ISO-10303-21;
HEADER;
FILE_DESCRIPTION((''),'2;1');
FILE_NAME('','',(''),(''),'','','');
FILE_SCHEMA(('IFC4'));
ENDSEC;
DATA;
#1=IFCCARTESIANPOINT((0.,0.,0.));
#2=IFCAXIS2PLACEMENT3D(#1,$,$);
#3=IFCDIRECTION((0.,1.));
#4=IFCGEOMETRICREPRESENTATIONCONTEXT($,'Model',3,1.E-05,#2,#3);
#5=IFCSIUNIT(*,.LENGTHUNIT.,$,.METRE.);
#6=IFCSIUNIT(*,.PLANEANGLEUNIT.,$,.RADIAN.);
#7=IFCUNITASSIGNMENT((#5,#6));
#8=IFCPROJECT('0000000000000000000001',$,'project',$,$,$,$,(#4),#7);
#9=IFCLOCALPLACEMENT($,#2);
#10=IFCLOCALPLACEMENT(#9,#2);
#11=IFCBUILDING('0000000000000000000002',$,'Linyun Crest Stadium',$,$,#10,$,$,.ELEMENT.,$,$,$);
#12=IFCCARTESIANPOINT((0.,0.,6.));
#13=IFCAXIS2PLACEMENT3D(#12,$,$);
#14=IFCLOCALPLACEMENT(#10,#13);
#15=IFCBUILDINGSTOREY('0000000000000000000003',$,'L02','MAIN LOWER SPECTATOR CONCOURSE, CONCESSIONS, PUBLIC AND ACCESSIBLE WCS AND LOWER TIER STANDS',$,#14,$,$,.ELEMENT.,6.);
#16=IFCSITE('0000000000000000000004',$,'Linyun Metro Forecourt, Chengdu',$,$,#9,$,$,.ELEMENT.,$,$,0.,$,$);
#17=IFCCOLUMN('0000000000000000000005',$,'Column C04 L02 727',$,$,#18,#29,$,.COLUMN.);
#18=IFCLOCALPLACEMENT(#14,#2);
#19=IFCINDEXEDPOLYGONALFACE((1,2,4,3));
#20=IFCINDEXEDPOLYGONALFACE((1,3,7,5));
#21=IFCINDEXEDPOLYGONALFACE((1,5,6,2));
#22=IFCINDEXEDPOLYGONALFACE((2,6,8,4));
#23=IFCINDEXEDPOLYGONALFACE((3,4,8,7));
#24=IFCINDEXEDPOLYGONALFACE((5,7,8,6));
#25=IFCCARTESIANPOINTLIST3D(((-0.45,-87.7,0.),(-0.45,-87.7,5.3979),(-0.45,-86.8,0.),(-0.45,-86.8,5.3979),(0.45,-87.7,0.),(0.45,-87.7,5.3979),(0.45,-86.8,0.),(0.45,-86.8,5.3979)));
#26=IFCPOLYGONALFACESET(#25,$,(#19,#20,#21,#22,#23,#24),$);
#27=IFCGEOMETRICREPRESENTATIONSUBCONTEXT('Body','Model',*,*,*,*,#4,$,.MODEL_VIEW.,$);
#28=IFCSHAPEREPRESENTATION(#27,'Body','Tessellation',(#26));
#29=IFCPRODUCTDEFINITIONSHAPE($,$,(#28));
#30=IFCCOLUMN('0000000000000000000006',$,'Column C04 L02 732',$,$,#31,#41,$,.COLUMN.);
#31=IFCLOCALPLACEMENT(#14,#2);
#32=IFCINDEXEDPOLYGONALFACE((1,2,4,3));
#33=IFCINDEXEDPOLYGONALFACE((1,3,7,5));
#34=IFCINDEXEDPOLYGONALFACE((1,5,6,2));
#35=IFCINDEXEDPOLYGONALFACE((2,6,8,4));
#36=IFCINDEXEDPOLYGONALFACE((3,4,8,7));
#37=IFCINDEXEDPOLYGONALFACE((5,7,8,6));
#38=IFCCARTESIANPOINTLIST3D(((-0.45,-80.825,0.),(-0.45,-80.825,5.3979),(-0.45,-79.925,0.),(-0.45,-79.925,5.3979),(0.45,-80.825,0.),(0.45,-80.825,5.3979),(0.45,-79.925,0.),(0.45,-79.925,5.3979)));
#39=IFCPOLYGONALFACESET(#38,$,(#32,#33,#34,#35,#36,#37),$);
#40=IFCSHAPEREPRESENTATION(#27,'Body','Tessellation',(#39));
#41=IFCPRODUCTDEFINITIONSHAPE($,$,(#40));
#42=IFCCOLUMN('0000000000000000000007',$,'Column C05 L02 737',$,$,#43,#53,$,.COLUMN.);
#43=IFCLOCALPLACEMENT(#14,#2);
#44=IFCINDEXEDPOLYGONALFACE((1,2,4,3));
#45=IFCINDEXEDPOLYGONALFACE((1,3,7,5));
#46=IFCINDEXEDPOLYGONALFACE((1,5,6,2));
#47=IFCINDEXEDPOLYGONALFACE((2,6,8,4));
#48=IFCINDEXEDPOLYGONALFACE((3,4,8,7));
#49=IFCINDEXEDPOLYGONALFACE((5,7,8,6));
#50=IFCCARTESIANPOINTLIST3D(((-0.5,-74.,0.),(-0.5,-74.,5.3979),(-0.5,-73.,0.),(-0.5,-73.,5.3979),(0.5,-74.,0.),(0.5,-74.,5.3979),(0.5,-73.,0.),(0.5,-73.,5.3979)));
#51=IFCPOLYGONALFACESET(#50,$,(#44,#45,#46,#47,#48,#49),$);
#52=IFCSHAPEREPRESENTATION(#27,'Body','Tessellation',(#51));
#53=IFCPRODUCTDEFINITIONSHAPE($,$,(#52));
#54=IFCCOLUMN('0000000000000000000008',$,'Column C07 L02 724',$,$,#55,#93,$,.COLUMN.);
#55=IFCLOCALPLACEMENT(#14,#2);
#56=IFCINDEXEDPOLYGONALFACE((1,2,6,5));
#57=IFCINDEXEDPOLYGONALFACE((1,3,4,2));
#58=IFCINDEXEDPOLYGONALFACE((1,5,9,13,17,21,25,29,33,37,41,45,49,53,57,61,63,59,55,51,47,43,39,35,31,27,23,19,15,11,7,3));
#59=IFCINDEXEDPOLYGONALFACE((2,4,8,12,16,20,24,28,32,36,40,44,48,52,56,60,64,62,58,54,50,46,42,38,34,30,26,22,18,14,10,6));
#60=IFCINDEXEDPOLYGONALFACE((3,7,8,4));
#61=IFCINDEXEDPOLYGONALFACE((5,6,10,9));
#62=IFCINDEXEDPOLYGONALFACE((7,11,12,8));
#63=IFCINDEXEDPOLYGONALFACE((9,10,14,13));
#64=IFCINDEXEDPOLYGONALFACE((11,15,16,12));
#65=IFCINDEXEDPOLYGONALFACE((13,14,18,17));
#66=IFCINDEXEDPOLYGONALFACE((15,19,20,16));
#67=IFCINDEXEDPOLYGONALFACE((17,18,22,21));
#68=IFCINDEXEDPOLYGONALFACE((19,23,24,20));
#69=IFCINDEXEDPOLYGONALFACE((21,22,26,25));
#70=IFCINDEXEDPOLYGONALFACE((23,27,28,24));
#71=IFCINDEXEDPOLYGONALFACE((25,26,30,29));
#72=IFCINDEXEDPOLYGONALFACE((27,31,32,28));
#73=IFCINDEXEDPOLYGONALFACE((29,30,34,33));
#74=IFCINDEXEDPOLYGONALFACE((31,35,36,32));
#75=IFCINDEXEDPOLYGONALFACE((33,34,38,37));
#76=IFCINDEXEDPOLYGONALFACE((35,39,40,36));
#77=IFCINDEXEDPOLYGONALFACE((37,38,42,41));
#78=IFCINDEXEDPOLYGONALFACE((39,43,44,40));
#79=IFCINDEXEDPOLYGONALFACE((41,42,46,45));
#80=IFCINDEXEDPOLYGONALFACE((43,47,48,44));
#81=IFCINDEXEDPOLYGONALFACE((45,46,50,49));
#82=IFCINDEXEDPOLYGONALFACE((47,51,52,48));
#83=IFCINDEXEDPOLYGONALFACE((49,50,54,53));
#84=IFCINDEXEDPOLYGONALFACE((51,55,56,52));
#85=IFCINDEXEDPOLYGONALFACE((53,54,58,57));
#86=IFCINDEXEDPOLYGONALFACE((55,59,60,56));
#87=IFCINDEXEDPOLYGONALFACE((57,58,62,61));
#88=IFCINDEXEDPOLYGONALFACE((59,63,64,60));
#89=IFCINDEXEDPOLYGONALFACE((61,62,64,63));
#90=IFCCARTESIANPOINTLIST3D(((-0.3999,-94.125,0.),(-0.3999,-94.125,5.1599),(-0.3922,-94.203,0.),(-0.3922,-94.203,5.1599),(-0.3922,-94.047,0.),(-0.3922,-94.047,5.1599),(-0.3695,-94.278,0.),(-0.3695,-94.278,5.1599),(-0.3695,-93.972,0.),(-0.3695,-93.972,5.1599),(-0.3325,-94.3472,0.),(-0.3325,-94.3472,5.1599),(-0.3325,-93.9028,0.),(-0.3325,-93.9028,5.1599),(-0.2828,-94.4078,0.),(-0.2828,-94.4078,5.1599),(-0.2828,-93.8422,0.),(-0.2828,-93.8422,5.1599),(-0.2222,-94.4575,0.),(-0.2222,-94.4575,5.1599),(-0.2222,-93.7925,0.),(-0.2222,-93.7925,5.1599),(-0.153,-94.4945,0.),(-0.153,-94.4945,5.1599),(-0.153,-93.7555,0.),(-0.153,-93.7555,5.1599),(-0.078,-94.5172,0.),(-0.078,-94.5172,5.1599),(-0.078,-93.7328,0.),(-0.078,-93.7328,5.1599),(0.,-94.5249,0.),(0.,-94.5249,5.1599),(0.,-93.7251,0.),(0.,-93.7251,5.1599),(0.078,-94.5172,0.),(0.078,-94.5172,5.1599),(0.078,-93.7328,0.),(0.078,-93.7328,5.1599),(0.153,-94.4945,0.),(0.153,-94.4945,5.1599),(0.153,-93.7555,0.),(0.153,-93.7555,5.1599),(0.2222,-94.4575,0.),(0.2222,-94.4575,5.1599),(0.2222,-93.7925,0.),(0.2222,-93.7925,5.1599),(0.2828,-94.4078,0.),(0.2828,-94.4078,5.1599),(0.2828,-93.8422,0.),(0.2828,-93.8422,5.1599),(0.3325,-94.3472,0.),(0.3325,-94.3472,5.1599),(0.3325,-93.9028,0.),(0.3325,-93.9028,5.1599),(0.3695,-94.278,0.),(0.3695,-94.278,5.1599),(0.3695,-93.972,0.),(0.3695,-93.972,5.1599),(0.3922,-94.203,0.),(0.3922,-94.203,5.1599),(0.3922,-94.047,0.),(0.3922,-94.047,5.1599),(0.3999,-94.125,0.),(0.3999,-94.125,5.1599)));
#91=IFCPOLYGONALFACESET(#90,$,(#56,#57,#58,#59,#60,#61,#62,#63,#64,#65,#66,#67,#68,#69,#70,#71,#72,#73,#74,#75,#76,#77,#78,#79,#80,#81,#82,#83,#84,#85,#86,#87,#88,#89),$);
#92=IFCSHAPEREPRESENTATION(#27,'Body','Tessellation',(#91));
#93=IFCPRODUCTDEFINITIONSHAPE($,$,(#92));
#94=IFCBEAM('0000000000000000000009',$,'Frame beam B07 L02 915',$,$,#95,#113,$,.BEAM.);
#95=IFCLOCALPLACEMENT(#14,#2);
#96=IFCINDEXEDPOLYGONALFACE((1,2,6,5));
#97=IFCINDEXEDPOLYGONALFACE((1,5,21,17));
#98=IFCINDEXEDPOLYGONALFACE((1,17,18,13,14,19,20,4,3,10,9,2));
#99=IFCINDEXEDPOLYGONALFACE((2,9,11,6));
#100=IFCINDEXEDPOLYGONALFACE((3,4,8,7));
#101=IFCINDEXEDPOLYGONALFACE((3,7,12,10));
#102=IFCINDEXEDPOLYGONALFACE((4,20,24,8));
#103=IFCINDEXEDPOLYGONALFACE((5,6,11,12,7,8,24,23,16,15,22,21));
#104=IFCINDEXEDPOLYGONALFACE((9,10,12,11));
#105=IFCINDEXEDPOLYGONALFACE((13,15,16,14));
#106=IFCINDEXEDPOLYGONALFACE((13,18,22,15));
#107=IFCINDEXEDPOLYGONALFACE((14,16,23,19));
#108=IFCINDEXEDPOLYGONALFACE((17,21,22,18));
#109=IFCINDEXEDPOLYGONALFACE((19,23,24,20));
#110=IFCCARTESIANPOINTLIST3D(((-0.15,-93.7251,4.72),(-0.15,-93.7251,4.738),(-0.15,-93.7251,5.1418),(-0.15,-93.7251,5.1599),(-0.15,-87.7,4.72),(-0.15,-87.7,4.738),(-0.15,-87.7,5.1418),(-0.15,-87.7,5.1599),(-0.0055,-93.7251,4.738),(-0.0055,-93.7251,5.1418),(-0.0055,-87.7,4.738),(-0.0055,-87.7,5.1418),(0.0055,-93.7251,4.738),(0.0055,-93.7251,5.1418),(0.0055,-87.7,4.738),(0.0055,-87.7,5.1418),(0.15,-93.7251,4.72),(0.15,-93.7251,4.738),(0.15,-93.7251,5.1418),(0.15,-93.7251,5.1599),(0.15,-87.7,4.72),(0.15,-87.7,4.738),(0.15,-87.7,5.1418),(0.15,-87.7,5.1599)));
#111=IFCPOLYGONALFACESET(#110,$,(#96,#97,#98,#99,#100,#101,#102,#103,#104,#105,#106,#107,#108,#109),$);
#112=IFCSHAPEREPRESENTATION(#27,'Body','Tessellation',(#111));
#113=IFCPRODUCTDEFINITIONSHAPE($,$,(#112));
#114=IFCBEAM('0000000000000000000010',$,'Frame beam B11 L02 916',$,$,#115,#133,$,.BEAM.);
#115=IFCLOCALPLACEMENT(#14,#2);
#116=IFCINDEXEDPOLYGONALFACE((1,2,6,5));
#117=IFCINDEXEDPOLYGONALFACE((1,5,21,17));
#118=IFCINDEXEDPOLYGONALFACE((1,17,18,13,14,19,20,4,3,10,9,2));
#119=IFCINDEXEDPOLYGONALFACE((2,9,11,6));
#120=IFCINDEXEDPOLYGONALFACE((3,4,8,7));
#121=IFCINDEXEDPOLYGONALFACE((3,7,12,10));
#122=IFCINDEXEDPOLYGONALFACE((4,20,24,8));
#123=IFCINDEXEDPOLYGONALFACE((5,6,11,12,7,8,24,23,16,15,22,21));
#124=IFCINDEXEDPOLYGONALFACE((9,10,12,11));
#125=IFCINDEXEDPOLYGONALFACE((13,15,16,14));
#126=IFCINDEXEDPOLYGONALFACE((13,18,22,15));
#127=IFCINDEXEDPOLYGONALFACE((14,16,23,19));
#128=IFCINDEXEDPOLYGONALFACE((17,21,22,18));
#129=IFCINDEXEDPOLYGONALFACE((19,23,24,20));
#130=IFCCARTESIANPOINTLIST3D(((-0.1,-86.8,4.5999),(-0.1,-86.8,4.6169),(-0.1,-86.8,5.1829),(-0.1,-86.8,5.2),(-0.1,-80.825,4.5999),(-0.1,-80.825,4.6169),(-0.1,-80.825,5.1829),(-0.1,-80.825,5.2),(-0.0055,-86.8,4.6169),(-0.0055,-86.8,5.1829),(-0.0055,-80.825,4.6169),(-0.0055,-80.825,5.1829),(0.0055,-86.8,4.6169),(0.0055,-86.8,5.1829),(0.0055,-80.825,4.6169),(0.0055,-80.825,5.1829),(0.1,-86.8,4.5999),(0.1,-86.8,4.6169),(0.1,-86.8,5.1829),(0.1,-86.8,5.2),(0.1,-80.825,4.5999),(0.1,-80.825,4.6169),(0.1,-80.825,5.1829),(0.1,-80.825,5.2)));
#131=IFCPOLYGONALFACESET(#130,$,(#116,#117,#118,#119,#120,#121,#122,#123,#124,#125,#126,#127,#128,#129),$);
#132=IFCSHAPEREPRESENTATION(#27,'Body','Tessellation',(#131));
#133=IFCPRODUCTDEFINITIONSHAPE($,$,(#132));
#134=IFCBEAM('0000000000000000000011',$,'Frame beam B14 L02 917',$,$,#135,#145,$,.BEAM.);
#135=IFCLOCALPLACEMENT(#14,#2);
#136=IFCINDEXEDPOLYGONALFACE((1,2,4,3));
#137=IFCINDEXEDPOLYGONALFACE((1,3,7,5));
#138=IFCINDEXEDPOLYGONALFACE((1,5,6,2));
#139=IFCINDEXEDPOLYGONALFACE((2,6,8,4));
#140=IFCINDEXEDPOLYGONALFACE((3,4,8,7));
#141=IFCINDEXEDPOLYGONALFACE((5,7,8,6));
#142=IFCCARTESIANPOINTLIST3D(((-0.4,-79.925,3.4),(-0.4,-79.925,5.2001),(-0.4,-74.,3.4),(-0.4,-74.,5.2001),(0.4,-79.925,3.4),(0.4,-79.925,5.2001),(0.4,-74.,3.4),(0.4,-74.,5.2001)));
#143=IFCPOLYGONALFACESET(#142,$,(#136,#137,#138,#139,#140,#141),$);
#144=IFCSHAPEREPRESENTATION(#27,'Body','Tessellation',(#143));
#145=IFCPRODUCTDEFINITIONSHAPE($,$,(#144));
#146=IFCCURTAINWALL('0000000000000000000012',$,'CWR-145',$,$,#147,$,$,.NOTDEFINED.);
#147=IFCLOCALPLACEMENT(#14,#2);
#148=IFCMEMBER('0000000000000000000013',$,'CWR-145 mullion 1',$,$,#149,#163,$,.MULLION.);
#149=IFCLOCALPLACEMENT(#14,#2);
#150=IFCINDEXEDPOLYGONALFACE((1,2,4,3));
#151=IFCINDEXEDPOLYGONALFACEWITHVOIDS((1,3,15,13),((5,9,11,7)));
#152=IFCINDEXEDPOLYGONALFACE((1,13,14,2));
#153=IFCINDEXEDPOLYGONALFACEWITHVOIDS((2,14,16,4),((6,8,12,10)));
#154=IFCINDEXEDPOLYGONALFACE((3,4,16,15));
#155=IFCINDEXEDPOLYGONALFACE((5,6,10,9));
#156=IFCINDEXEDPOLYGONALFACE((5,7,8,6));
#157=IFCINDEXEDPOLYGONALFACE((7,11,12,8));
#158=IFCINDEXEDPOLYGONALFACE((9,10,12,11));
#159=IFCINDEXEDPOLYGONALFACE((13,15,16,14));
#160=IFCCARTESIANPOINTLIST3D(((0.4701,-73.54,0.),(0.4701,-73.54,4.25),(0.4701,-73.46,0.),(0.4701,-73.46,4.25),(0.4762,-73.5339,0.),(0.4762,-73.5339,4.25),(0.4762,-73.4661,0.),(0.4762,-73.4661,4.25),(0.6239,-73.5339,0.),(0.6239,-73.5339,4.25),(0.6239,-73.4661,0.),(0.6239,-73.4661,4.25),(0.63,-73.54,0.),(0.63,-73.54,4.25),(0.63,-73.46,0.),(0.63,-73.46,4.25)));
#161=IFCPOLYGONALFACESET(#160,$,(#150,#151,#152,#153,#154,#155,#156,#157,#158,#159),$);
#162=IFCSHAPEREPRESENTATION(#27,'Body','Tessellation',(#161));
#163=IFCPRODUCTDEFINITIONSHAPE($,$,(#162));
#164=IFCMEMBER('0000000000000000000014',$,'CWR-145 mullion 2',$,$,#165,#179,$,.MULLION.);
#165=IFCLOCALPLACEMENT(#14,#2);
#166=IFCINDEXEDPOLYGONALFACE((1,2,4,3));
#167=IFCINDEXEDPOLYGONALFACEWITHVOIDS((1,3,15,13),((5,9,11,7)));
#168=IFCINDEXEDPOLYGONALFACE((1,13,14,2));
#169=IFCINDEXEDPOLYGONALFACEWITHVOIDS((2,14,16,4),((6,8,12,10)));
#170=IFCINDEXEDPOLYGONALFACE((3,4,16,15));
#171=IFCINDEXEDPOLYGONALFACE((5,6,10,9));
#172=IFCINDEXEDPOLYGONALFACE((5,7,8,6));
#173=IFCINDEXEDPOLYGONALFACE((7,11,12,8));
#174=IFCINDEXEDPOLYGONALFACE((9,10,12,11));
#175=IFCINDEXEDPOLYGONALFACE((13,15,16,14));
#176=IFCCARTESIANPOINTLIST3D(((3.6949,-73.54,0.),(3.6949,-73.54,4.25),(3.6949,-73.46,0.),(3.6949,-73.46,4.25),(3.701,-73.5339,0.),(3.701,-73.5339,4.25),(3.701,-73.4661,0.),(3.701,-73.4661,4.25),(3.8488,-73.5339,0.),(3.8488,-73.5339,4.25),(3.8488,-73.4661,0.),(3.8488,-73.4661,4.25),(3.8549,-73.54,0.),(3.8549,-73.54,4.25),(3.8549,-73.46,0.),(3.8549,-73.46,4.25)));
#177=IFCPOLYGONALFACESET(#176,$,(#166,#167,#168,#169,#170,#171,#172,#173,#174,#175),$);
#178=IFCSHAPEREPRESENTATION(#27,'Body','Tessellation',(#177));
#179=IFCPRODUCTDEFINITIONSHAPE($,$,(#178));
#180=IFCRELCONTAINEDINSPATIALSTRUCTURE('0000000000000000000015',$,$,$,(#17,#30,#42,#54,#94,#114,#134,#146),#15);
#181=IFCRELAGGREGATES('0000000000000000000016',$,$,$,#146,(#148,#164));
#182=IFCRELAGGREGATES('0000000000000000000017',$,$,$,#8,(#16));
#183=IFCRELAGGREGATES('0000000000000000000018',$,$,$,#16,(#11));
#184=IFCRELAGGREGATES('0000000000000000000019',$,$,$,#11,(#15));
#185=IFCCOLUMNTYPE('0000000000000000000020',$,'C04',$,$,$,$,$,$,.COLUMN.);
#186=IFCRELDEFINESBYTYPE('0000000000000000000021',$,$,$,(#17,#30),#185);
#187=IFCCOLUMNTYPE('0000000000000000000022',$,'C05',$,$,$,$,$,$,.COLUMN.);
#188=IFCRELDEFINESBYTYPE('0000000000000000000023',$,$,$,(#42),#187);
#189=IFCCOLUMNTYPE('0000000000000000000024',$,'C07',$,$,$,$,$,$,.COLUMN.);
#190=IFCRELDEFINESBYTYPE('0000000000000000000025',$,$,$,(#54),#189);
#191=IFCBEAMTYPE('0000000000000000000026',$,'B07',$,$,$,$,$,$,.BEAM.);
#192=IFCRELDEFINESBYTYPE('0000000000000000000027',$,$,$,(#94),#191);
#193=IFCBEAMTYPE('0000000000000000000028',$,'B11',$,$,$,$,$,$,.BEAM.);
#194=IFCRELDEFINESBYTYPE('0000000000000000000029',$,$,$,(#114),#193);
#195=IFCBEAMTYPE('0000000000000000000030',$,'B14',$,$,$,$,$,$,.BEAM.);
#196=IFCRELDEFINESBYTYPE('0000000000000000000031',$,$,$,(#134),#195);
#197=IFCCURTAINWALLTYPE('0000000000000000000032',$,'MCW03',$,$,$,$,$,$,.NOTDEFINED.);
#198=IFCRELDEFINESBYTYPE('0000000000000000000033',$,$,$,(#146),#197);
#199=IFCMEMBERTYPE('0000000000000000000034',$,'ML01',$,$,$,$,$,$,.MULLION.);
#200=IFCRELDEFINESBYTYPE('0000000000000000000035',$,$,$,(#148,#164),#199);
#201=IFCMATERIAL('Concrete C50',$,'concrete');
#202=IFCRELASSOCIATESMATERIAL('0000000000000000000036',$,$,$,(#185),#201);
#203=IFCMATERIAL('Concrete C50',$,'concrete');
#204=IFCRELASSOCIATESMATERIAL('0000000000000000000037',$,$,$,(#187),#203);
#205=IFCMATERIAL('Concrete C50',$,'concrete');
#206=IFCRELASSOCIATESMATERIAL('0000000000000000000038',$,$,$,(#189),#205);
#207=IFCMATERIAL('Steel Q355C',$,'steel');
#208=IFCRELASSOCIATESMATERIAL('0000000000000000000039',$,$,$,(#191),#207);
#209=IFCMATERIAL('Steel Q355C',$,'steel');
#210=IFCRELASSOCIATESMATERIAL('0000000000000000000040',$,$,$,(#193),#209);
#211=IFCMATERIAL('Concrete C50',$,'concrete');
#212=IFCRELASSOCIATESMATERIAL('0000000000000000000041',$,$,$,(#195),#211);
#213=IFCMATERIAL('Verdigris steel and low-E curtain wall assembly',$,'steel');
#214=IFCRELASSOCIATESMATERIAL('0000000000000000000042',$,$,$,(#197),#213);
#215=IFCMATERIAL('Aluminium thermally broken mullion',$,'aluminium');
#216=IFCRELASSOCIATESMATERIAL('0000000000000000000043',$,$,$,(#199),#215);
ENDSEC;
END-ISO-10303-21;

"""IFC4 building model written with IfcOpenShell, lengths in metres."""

from ifc_helpers import new_model, si_unit, direction, frame, origin, origin_2d, place, context, subcontext, project, spatial, rectangle, hollow_rectangle, circle, i_section, extrude, material, material_profile, profile_set, type_object, element, aggregate, save


model = new_model("IFC4")

# Units and contexts
model_context = context("Model", 3, precision=1e-05, world=origin(), true_north=direction((0.0, 1.0)))
body_context = subcontext(model_context, "Body", "Model", "MODEL_VIEW")
ifc_project = project(units=[si_unit("LENGTHUNIT", "METRE"), si_unit("PLANEANGLEUNIT", "RADIAN")], contexts=[model_context])

# Site, building, storey
site_placement = place(None, origin())
site = spatial("IfcSite", under=ifc_project, at=site_placement, Name="Linyun Metro Forecourt, Chengdu", CompositionType="ELEMENT", RefElevation=0.0)
building_placement = place(site_placement, origin())
building = spatial("IfcBuilding", under=site, at=building_placement, Name="Linyun Crest Stadium", CompositionType="ELEMENT")
storey_placement = place(building_placement, frame((0.0, 0.0, 6.0)))
storey = spatial("IfcBuildingStorey", under=building, at=storey_placement, Name="L02", Description="MAIN LOWER SPECTATOR CONCOURSE, CONCESSIONS, PUBLIC AND ACCESSIBLE WCS AND LOWER TIER STANDS", CompositionType="ELEMENT", Elevation=6.0)

# Columns
ifc_material_1 = material(Name="Concrete C50", Category="concrete")
ifc_material_profile_1 = material_profile(ifc_material_1, rectangle(XDim=0.8999, YDim=0.8999, at=origin_2d()), Name="RC 900x900")
ifc_profile_set_1 = profile_set([ifc_material_profile_1], Name="Concrete C50")
column_type_1 = type_object("IfcColumnType", Name="C04", PredefinedType="COLUMN", material=ifc_profile_set_1)
for number, where, z_axis, x_axis, name in (
    (1, (0.0, -87.25, 0.0), (0.0, 0.0, 1.0), (1.0, 0.0, 0.0), "Column C04 L02 727"),
    (2, (0.0, -80.375, 0.0), (0.0, 0.0, 1.0), (1.0, 0.0, 0.0), "Column C04 L02 732"),
):
    element("IfcColumn", number, at=place(storey_placement, frame(where, z_axis=z_axis, x_axis=x_axis)), inside=storey, type_object=column_type_1, Name=name, PredefinedType="COLUMN", context=body_context, shape_type="SweptSolid", body=[
        extrude(rectangle(XDim=0.8999, YDim=0.8999, at=origin_2d()), origin(), (0.0, 0.0, 1.0), 5.3979),
    ])
ifc_material_2 = material(Name="Concrete C50", Category="concrete")
ifc_material_profile_2 = material_profile(ifc_material_2, rectangle(XDim=1.0, YDim=1.0, at=origin_2d()), Name="RC 1000x1000")
ifc_profile_set_2 = profile_set([ifc_material_profile_2], Name="Concrete C50")
column_type_2 = type_object("IfcColumnType", Name="C05", PredefinedType="COLUMN", material=ifc_profile_set_2)
column_1_placement = place(storey_placement, frame((0.0, -73.5, 0.0), z_axis=(0.0, 0.0, 1.0), x_axis=(1.0, 0.0, 0.0)))
element("IfcColumn", 3, at=column_1_placement, inside=storey, type_object=column_type_2, Name="Column C05 L02 737", PredefinedType="COLUMN", context=body_context, shape_type="SweptSolid", body=[
    extrude(rectangle(XDim=1.0, YDim=1.0, at=origin_2d()), origin(), (0.0, 0.0, 1.0), 5.3979),
])
ifc_material_3 = material(Name="Concrete C50", Category="concrete")
ifc_material_profile_3 = material_profile(ifc_material_3, circle(Radius=0.3999, at=origin_2d()), Name="RC D800")
ifc_profile_set_3 = profile_set([ifc_material_profile_3], Name="Concrete C50")
column_type_3 = type_object("IfcColumnType", Name="C07", PredefinedType="COLUMN", material=ifc_profile_set_3)
column_2_placement = place(storey_placement, frame((0.0, -94.125, 0.0), z_axis=(0.0, 0.0, 1.0), x_axis=(1.0, 0.0, 0.0)))
element("IfcColumn", 4, at=column_2_placement, inside=storey, type_object=column_type_3, Name="Column C07 L02 724", PredefinedType="COLUMN", context=body_context, shape_type="SweptSolid", body=[
    extrude(circle(Radius=0.3999, at=origin_2d()), origin(), (0.0, 0.0, 1.0), 5.1599),
])

# Beams
ifc_material_4 = material(Name="Steel Q355C", Category="steel")
ifc_material_profile_4 = material_profile(ifc_material_4, i_section(OverallWidth=0.3, OverallDepth=0.4399, WebThickness=0.011, FlangeThickness=0.0181, at=origin_2d()), Name="HM 440x300")
ifc_profile_set_4 = profile_set([ifc_material_profile_4], Name="Steel Q355C")
beam_type_1 = type_object("IfcBeamType", Name="B07", PredefinedType="BEAM", material=ifc_profile_set_4)
beam_1_placement = place(storey_placement, frame((0.0, -93.7251, 4.9399), z_axis=(0.0, 1.0, 0.0), x_axis=(-1.0, 0.0, 0.0)))
element("IfcBeam", 5, at=beam_1_placement, inside=storey, type_object=beam_type_1, Name="Frame beam B07 L02 915", PredefinedType="BEAM", context=body_context, shape_type="SweptSolid", body=[
    extrude(i_section(OverallWidth=0.3, OverallDepth=0.4399, WebThickness=0.011, FlangeThickness=0.0181, at=origin_2d()), origin(), (0.0, 0.0, 1.0), 6.0251),
])
ifc_material_5 = material(Name="Steel Q355C", Category="steel")
ifc_material_profile_5 = material_profile(ifc_material_5, i_section(OverallWidth=0.2, OverallDepth=0.6001, WebThickness=0.011, FlangeThickness=0.0171, at=origin_2d()), Name="HN 600x200")
ifc_profile_set_5 = profile_set([ifc_material_profile_5], Name="Steel Q355C")
beam_type_2 = type_object("IfcBeamType", Name="B11", PredefinedType="BEAM", material=ifc_profile_set_5)
beam_2_placement = place(storey_placement, frame((0.0, -86.8, 4.8999), z_axis=(0.0, 1.0, 0.0), x_axis=(-1.0, 0.0, 0.0)))
element("IfcBeam", 6, at=beam_2_placement, inside=storey, type_object=beam_type_2, Name="Frame beam B11 L02 916", PredefinedType="BEAM", context=body_context, shape_type="SweptSolid", body=[
    extrude(i_section(OverallWidth=0.2, OverallDepth=0.6001, WebThickness=0.011, FlangeThickness=0.0171, at=origin_2d()), origin(), (0.0, 0.0, 1.0), 5.9751),
])
ifc_material_6 = material(Name="Concrete C50", Category="concrete")
ifc_material_profile_6 = material_profile(ifc_material_6, rectangle(XDim=0.8, YDim=1.8, at=origin_2d()), Name="RCB 1800x800")
ifc_profile_set_6 = profile_set([ifc_material_profile_6], Name="Concrete C50")
beam_type_3 = type_object("IfcBeamType", Name="B14", PredefinedType="BEAM", material=ifc_profile_set_6)
beam_3_placement = place(storey_placement, frame((0.0, -79.925, 4.3), z_axis=(0.0, 1.0, 0.0), x_axis=(-1.0, 0.0, 0.0)))
element("IfcBeam", 7, at=beam_3_placement, inside=storey, type_object=beam_type_3, Name="Frame beam B14 L02 917", PredefinedType="BEAM", context=body_context, shape_type="SweptSolid", body=[
    extrude(rectangle(XDim=0.8, YDim=1.8, at=origin_2d()), origin(), (0.0, 0.0, 1.0), 5.925),
])

# Curtain wall, members
ifc_material_7 = material(Name="Verdigris steel and low-E curtain wall assembly", Category="steel")
curtain_wall_type = type_object("IfcCurtainWallType", Name="MCW03", PredefinedType="NOTDEFINED", material=ifc_material_7)
curtain_wall_placement = place(storey_placement, origin())
curtain_wall = element("IfcCurtainWall", 8, at=curtain_wall_placement, inside=storey, type_object=curtain_wall_type, Name="CWR-145", PredefinedType="NOTDEFINED")
ifc_material_8 = material(Name="Aluminium thermally broken mullion", Category="aluminium")
ifc_material_profile_7 = material_profile(ifc_material_8, hollow_rectangle(XDim=0.0801, YDim=0.1599, WallThickness=0.0061, at=origin_2d()), Name="RHS 160x80x6")
ifc_profile_set_7 = profile_set([ifc_material_profile_7], Name="Aluminium thermally broken mullion")
member_type_1 = type_object("IfcMemberType", Name="ML01", PredefinedType="MULLION", material=ifc_profile_set_7)
member_1_placement = place(storey_placement, frame((0.55, -73.5, 0.0), z_axis=(0.0, 0.0, 1.0), x_axis=(0.0, 1.0, 0.0)))
member_1 = element("IfcMember", 9, at=member_1_placement, type_object=member_type_1, Name="CWR-145 mullion 1", PredefinedType="MULLION", context=body_context, shape_type="SweptSolid", body=[
    extrude(hollow_rectangle(XDim=0.0801, YDim=0.1599, WallThickness=0.0061, at=origin_2d()), origin(), (0.0, 0.0, 1.0), 4.25),
])
member_2_placement = place(storey_placement, frame((3.7749, -73.5, 0.0), z_axis=(0.0, 0.0, 1.0), x_axis=(0.0, 1.0, 0.0)))
member_2 = element("IfcMember", 10, at=member_2_placement, type_object=member_type_1, Name="CWR-145 mullion 2", PredefinedType="MULLION", context=body_context, shape_type="SweptSolid", body=[
    extrude(hollow_rectangle(XDim=0.0801, YDim=0.1599, WallThickness=0.0061, at=origin_2d()), origin(), (0.0, 0.0, 1.0), 4.25),
])

aggregate(curtain_wall, [member_1, member_2])

save(model, "model.ifc")
